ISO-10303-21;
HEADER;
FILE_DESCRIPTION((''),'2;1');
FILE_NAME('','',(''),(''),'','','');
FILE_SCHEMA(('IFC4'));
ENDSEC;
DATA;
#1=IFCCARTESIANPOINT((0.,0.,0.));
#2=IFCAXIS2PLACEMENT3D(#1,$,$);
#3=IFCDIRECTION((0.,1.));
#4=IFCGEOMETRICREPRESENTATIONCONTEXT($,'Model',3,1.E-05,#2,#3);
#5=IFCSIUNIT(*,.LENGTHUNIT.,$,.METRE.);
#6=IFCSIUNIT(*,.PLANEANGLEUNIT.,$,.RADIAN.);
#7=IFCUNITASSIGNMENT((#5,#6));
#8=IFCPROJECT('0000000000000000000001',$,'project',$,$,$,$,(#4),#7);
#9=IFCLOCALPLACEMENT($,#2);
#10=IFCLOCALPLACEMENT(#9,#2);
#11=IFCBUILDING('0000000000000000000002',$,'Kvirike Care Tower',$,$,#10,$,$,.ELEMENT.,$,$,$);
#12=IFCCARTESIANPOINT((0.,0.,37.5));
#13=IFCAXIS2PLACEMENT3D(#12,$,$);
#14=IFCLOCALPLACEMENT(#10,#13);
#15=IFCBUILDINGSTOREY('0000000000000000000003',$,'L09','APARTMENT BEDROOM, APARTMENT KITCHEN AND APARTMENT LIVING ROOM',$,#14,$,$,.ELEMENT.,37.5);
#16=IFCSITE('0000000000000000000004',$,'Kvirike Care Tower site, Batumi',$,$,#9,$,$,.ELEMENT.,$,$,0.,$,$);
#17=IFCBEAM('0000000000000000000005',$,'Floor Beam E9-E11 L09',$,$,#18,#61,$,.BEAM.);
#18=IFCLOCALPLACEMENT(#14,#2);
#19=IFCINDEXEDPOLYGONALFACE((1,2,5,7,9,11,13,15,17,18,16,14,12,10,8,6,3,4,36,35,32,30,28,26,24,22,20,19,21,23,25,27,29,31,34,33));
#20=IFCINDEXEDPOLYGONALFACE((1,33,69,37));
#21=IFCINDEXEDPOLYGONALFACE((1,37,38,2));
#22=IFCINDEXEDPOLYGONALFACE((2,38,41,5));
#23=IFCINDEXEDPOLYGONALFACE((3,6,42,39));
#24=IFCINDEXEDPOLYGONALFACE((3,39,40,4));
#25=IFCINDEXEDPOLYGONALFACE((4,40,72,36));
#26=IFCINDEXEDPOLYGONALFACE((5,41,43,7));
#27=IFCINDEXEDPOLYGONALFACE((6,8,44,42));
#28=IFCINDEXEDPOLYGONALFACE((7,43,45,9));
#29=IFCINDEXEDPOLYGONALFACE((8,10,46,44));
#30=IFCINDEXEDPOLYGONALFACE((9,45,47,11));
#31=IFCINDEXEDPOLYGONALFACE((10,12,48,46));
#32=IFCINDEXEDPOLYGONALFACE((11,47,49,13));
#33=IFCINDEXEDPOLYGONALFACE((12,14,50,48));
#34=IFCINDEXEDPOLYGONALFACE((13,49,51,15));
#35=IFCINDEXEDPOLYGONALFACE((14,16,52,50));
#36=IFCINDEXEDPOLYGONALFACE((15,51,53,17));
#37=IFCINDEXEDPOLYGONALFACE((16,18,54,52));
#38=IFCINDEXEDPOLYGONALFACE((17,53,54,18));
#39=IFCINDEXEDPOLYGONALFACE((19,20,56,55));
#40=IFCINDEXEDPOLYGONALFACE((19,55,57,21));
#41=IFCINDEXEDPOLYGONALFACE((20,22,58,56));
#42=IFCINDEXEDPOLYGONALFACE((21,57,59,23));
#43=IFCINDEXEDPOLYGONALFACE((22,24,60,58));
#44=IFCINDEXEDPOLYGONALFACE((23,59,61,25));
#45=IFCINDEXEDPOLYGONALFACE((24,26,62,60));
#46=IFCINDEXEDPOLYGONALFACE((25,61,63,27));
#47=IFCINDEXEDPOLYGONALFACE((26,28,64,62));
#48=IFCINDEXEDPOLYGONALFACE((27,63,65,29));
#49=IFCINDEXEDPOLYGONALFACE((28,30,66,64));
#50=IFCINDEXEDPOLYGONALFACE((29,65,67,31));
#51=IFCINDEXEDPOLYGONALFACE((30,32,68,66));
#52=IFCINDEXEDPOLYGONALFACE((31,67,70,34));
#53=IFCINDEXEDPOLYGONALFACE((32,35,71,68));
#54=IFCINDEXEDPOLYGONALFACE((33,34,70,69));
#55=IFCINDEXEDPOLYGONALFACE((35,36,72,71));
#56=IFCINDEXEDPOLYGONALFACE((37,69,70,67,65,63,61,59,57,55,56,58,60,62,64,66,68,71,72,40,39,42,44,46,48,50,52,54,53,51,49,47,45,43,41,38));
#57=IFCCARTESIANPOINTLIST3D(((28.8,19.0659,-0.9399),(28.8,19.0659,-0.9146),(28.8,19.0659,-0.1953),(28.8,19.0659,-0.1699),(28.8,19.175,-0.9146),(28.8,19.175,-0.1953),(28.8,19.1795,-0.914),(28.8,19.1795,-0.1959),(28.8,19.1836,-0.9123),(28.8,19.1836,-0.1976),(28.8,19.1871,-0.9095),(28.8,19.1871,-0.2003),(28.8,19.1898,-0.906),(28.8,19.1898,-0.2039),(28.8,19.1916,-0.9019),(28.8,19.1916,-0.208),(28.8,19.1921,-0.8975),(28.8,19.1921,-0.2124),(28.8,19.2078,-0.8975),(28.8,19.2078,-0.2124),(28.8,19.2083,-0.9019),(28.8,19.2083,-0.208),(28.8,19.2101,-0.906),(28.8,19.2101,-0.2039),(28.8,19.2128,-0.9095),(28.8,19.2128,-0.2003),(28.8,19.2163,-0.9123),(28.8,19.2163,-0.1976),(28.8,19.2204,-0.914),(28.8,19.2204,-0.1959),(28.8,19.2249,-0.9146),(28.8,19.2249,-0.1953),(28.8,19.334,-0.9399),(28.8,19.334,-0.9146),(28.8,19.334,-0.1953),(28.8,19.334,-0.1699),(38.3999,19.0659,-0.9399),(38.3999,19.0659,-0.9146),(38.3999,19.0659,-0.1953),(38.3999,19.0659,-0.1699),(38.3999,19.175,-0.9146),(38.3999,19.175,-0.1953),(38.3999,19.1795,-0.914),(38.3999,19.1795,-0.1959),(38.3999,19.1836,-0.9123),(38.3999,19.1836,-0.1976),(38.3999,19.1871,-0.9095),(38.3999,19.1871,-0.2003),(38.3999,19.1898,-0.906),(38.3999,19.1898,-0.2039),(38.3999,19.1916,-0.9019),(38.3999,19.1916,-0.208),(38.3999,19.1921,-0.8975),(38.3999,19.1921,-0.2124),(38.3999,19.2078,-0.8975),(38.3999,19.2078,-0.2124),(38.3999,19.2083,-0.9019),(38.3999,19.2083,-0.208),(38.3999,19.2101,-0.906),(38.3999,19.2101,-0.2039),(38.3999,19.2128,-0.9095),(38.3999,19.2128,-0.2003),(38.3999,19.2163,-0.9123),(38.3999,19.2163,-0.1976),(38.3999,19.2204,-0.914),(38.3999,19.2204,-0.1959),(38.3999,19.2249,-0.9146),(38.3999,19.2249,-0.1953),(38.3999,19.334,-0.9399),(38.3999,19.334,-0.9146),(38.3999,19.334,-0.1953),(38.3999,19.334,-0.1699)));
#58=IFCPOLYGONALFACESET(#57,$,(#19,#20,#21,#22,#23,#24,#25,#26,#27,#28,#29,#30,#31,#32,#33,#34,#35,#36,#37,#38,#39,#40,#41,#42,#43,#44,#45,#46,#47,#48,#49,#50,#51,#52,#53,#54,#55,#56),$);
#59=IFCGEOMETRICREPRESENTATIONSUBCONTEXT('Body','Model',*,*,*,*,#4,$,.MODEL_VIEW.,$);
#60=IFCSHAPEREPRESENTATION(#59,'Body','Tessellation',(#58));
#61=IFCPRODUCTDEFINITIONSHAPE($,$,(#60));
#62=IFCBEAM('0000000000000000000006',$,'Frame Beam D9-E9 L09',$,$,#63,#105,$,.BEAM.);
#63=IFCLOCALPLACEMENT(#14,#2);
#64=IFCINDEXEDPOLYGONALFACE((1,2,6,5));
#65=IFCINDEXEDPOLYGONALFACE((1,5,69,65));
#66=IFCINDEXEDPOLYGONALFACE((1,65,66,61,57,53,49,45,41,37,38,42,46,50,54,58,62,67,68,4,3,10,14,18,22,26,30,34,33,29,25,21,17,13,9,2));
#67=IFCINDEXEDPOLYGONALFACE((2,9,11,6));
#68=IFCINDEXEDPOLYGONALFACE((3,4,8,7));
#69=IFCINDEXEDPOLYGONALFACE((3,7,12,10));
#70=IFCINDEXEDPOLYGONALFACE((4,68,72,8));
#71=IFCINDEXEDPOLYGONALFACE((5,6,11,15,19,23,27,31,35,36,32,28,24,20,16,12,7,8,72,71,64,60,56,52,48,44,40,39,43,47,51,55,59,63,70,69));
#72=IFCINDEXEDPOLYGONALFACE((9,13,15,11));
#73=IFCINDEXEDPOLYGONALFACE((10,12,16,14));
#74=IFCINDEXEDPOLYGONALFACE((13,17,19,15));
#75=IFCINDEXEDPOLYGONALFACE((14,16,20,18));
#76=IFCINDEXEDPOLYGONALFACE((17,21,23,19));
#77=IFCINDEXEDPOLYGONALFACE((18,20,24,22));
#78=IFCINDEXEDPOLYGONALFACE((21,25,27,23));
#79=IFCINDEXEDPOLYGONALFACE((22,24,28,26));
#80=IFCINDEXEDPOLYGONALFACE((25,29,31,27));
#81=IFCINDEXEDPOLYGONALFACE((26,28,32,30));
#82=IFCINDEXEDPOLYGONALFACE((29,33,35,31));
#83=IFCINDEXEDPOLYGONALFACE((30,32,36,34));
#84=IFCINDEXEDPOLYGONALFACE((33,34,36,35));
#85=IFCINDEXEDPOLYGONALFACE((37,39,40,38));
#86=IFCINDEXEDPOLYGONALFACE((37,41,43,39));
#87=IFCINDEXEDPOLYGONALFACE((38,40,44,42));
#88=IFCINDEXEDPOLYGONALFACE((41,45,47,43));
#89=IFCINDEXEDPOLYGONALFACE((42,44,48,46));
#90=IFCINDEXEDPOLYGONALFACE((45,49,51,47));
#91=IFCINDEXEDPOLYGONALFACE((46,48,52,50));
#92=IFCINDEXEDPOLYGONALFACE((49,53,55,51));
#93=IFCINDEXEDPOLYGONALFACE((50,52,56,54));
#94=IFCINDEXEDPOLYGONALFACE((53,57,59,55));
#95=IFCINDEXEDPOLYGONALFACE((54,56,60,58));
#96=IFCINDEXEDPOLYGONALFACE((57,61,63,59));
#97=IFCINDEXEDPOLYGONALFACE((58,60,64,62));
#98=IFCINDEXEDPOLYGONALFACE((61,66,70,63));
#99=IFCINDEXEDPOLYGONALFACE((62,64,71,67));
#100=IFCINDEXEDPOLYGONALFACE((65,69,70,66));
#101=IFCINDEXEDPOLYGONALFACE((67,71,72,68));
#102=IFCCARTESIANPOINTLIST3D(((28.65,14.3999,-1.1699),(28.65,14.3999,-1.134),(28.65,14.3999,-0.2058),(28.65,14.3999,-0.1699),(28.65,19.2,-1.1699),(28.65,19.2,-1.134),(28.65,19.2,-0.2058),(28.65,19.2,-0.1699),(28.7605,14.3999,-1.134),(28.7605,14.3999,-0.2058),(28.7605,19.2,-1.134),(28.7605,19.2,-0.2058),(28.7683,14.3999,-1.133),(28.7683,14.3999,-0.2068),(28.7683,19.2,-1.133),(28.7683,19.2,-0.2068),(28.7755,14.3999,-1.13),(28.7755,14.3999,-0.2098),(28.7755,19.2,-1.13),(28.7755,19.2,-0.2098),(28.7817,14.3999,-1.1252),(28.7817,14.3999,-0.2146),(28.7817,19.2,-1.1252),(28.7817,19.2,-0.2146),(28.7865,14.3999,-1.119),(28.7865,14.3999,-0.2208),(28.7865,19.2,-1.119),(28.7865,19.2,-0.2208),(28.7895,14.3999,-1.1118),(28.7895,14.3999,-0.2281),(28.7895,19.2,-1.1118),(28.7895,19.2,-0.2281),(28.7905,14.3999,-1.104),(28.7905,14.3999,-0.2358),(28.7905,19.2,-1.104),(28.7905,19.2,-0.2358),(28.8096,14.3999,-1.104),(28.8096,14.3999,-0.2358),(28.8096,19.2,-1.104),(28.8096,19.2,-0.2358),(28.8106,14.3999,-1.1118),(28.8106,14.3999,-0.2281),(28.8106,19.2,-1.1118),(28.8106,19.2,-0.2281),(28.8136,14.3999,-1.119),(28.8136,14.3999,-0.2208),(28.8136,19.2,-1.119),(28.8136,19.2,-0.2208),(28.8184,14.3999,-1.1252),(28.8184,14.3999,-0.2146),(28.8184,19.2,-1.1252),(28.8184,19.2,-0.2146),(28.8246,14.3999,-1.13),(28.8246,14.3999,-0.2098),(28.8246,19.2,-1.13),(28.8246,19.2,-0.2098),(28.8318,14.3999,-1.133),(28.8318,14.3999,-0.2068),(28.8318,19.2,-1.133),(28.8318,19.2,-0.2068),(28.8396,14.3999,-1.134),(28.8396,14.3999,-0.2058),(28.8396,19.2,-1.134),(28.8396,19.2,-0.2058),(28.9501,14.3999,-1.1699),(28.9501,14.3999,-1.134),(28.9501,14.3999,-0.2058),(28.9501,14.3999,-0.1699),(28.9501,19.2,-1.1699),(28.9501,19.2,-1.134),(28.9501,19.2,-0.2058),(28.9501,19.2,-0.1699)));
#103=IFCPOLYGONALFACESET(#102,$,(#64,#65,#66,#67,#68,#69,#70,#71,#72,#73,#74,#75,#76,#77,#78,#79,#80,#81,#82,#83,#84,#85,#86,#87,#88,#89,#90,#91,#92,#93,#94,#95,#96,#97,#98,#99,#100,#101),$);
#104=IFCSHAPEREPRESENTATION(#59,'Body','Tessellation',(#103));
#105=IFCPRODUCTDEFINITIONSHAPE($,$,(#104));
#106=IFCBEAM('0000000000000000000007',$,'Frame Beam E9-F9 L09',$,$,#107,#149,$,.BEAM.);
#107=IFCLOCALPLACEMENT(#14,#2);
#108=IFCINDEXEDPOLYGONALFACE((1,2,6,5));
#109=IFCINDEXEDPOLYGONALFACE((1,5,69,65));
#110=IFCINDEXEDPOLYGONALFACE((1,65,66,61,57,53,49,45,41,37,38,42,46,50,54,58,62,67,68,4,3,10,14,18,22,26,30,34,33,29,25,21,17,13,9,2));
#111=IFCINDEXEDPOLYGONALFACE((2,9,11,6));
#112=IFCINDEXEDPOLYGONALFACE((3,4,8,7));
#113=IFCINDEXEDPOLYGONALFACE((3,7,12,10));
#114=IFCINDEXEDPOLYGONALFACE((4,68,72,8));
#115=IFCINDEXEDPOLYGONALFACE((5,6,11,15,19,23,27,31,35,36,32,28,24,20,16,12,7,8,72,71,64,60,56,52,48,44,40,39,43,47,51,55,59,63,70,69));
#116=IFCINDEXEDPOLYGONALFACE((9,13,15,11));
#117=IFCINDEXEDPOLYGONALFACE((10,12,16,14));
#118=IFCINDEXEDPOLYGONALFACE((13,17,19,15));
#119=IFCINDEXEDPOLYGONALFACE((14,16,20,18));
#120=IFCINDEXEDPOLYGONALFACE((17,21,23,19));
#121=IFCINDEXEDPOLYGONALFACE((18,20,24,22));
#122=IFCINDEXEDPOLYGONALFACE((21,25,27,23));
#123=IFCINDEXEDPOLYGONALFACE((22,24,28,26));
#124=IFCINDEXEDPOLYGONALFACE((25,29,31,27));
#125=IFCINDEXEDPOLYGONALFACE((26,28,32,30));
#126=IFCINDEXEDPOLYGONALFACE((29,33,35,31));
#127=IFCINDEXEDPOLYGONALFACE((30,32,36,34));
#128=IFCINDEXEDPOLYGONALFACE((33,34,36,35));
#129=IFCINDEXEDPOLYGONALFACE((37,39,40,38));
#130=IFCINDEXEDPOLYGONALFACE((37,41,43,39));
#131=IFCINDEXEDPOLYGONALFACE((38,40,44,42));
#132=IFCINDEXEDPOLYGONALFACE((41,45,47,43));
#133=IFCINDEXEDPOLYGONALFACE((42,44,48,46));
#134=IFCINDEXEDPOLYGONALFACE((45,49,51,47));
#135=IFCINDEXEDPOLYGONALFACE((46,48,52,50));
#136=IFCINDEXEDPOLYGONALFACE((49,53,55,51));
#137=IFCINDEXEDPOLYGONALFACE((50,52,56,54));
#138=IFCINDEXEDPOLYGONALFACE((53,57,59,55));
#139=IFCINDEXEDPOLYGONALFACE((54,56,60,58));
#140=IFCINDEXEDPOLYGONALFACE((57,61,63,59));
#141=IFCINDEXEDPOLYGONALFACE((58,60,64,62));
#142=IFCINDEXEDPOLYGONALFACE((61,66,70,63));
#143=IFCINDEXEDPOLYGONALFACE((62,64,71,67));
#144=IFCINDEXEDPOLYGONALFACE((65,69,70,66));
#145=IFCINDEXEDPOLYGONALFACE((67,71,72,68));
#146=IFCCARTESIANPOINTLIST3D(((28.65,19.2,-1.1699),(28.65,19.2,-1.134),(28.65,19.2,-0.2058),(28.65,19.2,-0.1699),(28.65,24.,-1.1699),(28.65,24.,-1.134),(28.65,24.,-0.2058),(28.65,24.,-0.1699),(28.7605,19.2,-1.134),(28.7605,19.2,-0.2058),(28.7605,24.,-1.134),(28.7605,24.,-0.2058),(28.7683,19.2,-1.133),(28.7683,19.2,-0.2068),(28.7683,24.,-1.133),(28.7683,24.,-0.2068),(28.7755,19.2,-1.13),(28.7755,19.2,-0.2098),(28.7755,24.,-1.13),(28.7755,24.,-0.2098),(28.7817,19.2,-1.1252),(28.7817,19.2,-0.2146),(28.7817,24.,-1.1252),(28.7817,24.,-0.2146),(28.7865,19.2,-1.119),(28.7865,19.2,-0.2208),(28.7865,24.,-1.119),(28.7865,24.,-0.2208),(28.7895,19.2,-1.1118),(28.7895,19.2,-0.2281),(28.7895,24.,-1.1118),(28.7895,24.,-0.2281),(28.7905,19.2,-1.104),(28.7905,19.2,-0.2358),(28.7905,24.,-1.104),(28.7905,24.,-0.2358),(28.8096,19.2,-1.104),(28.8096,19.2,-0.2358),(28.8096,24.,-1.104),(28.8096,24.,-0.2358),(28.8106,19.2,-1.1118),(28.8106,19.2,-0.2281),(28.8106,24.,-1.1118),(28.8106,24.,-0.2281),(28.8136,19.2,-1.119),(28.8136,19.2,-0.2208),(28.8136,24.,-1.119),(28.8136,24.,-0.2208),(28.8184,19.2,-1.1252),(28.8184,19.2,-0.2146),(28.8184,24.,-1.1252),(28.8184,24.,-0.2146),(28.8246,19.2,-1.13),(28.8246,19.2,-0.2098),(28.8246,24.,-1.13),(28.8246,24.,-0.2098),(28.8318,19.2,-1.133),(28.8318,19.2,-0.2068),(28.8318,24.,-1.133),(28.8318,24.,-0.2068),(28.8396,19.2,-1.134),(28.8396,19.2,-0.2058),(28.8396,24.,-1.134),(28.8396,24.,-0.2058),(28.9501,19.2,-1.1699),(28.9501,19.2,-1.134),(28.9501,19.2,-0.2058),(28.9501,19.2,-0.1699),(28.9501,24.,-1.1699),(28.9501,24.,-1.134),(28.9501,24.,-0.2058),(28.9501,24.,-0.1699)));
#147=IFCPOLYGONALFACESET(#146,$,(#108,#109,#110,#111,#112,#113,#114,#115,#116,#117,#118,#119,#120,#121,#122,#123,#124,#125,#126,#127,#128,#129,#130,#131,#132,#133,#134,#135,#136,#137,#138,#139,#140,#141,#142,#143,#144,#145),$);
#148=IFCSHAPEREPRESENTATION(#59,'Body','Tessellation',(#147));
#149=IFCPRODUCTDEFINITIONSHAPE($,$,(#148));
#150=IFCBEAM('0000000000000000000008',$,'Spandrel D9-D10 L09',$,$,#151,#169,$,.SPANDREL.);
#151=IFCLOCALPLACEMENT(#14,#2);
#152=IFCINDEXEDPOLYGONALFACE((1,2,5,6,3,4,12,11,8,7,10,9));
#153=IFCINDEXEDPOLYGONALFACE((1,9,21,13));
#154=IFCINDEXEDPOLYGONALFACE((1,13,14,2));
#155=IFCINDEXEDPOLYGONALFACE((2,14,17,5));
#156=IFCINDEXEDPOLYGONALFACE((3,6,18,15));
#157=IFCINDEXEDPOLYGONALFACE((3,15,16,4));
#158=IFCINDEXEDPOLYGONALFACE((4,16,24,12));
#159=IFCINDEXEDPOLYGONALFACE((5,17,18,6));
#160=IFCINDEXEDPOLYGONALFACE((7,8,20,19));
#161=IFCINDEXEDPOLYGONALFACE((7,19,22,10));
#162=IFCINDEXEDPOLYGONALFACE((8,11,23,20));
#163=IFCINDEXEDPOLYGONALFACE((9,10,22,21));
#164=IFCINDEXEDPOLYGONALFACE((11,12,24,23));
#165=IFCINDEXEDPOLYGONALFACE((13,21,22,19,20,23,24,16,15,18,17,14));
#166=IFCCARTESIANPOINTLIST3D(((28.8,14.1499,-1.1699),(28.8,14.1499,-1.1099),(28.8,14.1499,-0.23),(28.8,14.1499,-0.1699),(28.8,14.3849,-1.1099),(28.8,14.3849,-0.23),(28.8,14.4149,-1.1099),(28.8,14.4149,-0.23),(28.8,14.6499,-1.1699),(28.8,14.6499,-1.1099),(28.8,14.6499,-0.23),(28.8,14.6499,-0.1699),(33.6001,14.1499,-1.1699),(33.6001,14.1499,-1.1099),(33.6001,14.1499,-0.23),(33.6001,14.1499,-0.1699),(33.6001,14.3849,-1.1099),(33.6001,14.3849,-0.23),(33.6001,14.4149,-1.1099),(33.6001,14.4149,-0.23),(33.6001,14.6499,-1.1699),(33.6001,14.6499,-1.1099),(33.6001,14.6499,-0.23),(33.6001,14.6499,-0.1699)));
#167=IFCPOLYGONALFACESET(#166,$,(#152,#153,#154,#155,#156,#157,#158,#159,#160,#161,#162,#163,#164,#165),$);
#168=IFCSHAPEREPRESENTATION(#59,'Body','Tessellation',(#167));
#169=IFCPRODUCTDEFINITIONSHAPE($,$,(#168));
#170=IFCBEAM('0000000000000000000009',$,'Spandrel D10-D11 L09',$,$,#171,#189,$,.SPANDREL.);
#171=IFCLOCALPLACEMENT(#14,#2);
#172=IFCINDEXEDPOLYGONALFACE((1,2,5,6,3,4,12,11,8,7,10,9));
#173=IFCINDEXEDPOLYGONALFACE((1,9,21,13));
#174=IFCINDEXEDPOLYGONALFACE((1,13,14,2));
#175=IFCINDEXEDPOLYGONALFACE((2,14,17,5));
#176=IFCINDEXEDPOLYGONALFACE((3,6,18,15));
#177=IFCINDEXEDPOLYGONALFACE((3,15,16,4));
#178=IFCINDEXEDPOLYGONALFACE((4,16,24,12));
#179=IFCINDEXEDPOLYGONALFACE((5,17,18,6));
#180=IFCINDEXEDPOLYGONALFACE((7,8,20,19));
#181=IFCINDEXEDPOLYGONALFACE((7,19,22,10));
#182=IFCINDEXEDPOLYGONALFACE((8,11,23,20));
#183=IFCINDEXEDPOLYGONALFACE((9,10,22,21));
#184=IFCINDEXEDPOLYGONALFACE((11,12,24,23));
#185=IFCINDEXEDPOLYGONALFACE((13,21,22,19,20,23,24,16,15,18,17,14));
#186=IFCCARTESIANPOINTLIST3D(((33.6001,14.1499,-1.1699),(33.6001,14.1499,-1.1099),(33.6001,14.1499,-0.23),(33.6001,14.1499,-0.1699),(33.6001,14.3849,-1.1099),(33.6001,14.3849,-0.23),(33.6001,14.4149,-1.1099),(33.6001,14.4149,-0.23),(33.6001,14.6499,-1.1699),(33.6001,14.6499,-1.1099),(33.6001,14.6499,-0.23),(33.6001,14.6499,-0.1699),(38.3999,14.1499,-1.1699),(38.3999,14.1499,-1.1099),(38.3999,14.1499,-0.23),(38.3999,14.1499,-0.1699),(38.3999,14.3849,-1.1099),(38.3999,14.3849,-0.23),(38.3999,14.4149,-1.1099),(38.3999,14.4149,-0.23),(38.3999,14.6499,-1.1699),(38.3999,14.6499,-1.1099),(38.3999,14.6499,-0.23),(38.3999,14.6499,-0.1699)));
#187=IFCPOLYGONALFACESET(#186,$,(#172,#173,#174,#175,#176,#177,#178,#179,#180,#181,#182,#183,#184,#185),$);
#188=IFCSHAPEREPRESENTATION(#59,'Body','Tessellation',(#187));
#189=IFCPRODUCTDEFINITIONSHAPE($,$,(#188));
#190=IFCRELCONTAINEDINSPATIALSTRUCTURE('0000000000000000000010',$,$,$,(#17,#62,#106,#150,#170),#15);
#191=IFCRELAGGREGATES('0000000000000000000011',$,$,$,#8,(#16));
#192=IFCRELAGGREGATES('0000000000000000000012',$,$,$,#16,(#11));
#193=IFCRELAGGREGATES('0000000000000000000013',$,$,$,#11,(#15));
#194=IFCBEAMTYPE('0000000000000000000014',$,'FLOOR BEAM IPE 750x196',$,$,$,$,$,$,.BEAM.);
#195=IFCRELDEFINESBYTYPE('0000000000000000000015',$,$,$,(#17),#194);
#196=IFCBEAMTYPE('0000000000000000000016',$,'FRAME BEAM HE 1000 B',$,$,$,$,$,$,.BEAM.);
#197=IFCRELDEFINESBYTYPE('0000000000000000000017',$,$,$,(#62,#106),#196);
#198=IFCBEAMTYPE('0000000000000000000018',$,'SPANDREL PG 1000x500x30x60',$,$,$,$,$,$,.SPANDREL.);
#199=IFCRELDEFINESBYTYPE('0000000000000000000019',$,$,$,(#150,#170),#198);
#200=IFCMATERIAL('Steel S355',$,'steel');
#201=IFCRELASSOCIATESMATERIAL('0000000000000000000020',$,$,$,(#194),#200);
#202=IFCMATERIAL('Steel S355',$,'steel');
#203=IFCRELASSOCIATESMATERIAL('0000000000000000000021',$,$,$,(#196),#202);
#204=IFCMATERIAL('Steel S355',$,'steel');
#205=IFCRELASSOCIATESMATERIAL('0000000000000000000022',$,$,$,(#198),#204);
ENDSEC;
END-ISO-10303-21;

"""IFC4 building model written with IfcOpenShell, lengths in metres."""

from ifc_helpers import new_model, si_unit, direction, frame, origin, origin_2d, place, context, subcontext, project, spatial, i_section, extrude, material, material_profile, profile_set, type_object, element, save


model = new_model("IFC4")

# Units and contexts
model_context = context("Model", 3, precision=1e-05, world=origin(), true_north=direction((0.0, 1.0)))
body_context = subcontext(model_context, "Body", "Model", "MODEL_VIEW")
ifc_project = project(units=[si_unit("LENGTHUNIT", "METRE"), si_unit("PLANEANGLEUNIT", "RADIAN")], contexts=[model_context])

# Site, building, storey
site_placement = place(None, origin())
site = spatial("IfcSite", under=ifc_project, at=site_placement, Name="Kvirike Care Tower site, Batumi", CompositionType="ELEMENT", RefElevation=0.0)
building_placement = place(site_placement, origin())
building = spatial("IfcBuilding", under=site, at=building_placement, Name="Kvirike Care Tower", CompositionType="ELEMENT")
storey_placement = place(building_placement, frame((0.0, 0.0, 37.5)))
storey = spatial("IfcBuildingStorey", under=building, at=storey_placement, Name="L09", Description="APARTMENT BEDROOM, APARTMENT KITCHEN AND APARTMENT LIVING ROOM", CompositionType="ELEMENT", Elevation=37.5)

# Beams
ifc_material_1 = material(Name="Steel S355", Category="steel")
ifc_material_profile_1 = material_profile(ifc_material_1, i_section(OverallWidth=0.2681, OverallDepth=0.77, WebThickness=0.0156, FlangeThickness=0.0254, FilletRadius=0.0171, at=origin_2d()), Name="IPE 750x196")
ifc_profile_set_1 = profile_set([ifc_material_profile_1], Name="Steel S355")
beam_type_1 = type_object("IfcBeamType", Name="FLOOR BEAM IPE 750x196", PredefinedType="BEAM", material=ifc_profile_set_1)
beam_1_placement = place(storey_placement, frame((28.8, 19.2, -0.5549), z_axis=(1.0, 0.0, 0.0), x_axis=(0.0, 1.0, 0.0)))
element("IfcBeam", 1, at=beam_1_placement, inside=storey, type_object=beam_type_1, Name="Floor Beam E9-E11 L09", PredefinedType="BEAM", context=body_context, shape_type="SweptSolid", body=[
    extrude(i_section(OverallWidth=0.2681, OverallDepth=0.77, WebThickness=0.0156, FlangeThickness=0.0254, FilletRadius=0.0171, at=origin_2d()), origin(), (0.0, 0.0, 1.0), 9.5999),
])
ifc_material_2 = material(Name="Steel S355", Category="steel")
ifc_material_profile_2 = material_profile(ifc_material_2, i_section(OverallWidth=0.3, OverallDepth=1.0, WebThickness=0.019, FlangeThickness=0.0359, FilletRadius=0.03, at=origin_2d()), Name="HE 1000 B")
ifc_profile_set_2 = profile_set([ifc_material_profile_2], Name="Steel S355")
beam_type_2 = type_object("IfcBeamType", Name="FRAME BEAM HE 1000 B", PredefinedType="BEAM", material=ifc_profile_set_2)
for number, where, z_axis, x_axis, name in (
    (2, (28.8, 14.3999, -0.6699), (0.0, 1.0, 0.0), (-1.0, 0.0, 0.0), "Frame Beam D9-E9 L09"),
    (3, (28.8, 19.2, -0.6699), (0.0, 1.0, 0.0), (-1.0, 0.0, 0.0), "Frame Beam E9-F9 L09"),
):
    element("IfcBeam", number, at=place(storey_placement, frame(where, z_axis=z_axis, x_axis=x_axis)), inside=storey, type_object=beam_type_2, Name=name, PredefinedType="BEAM", context=body_context, shape_type="SweptSolid", body=[
        extrude(i_section(OverallWidth=0.3, OverallDepth=1.0, WebThickness=0.019, FlangeThickness=0.0359, FilletRadius=0.03, at=origin_2d()), origin(), (0.0, 0.0, 1.0), 4.8),
    ])
ifc_material_3 = material(Name="Steel S355", Category="steel")
ifc_material_profile_3 = material_profile(ifc_material_3, i_section(OverallWidth=0.5, OverallDepth=1.0, WebThickness=0.03, FlangeThickness=0.0601, at=origin_2d()), Name="PG 1000x500x30x60")
ifc_profile_set_3 = profile_set([ifc_material_profile_3], Name="Steel S355")
beam_type_3 = type_object("IfcBeamType", Name="SPANDREL PG 1000x500x30x60", PredefinedType="SPANDREL", material=ifc_profile_set_3)
beam_2_placement = place(storey_placement, frame((28.8, 14.3999, -0.6699), z_axis=(1.0, 0.0, 0.0), x_axis=(0.0, 1.0, 0.0)))
element("IfcBeam", 4, at=beam_2_placement, inside=storey, type_object=beam_type_3, Name="Spandrel D9-D10 L09", PredefinedType="SPANDREL", context=body_context, shape_type="SweptSolid", body=[
    extrude(i_section(OverallWidth=0.5, OverallDepth=1.0, WebThickness=0.03, FlangeThickness=0.0601, at=origin_2d()), origin(), (0.0, 0.0, 1.0), 4.8),
])
beam_3_placement = place(storey_placement, frame((33.6001, 14.3999, -0.6699), z_axis=(1.0, 0.0, 0.0), x_axis=(0.0, 1.0, 0.0)))
element("IfcBeam", 5, at=beam_3_placement, inside=storey, type_object=beam_type_3, Name="Spandrel D10-D11 L09", PredefinedType="SPANDREL", context=body_context, shape_type="SweptSolid", body=[
    extrude(i_section(OverallWidth=0.5, OverallDepth=1.0, WebThickness=0.03, FlangeThickness=0.0601, at=origin_2d()), origin(), (0.0, 0.0, 1.0), 4.7998),
])

save(model, "model.ifc")
